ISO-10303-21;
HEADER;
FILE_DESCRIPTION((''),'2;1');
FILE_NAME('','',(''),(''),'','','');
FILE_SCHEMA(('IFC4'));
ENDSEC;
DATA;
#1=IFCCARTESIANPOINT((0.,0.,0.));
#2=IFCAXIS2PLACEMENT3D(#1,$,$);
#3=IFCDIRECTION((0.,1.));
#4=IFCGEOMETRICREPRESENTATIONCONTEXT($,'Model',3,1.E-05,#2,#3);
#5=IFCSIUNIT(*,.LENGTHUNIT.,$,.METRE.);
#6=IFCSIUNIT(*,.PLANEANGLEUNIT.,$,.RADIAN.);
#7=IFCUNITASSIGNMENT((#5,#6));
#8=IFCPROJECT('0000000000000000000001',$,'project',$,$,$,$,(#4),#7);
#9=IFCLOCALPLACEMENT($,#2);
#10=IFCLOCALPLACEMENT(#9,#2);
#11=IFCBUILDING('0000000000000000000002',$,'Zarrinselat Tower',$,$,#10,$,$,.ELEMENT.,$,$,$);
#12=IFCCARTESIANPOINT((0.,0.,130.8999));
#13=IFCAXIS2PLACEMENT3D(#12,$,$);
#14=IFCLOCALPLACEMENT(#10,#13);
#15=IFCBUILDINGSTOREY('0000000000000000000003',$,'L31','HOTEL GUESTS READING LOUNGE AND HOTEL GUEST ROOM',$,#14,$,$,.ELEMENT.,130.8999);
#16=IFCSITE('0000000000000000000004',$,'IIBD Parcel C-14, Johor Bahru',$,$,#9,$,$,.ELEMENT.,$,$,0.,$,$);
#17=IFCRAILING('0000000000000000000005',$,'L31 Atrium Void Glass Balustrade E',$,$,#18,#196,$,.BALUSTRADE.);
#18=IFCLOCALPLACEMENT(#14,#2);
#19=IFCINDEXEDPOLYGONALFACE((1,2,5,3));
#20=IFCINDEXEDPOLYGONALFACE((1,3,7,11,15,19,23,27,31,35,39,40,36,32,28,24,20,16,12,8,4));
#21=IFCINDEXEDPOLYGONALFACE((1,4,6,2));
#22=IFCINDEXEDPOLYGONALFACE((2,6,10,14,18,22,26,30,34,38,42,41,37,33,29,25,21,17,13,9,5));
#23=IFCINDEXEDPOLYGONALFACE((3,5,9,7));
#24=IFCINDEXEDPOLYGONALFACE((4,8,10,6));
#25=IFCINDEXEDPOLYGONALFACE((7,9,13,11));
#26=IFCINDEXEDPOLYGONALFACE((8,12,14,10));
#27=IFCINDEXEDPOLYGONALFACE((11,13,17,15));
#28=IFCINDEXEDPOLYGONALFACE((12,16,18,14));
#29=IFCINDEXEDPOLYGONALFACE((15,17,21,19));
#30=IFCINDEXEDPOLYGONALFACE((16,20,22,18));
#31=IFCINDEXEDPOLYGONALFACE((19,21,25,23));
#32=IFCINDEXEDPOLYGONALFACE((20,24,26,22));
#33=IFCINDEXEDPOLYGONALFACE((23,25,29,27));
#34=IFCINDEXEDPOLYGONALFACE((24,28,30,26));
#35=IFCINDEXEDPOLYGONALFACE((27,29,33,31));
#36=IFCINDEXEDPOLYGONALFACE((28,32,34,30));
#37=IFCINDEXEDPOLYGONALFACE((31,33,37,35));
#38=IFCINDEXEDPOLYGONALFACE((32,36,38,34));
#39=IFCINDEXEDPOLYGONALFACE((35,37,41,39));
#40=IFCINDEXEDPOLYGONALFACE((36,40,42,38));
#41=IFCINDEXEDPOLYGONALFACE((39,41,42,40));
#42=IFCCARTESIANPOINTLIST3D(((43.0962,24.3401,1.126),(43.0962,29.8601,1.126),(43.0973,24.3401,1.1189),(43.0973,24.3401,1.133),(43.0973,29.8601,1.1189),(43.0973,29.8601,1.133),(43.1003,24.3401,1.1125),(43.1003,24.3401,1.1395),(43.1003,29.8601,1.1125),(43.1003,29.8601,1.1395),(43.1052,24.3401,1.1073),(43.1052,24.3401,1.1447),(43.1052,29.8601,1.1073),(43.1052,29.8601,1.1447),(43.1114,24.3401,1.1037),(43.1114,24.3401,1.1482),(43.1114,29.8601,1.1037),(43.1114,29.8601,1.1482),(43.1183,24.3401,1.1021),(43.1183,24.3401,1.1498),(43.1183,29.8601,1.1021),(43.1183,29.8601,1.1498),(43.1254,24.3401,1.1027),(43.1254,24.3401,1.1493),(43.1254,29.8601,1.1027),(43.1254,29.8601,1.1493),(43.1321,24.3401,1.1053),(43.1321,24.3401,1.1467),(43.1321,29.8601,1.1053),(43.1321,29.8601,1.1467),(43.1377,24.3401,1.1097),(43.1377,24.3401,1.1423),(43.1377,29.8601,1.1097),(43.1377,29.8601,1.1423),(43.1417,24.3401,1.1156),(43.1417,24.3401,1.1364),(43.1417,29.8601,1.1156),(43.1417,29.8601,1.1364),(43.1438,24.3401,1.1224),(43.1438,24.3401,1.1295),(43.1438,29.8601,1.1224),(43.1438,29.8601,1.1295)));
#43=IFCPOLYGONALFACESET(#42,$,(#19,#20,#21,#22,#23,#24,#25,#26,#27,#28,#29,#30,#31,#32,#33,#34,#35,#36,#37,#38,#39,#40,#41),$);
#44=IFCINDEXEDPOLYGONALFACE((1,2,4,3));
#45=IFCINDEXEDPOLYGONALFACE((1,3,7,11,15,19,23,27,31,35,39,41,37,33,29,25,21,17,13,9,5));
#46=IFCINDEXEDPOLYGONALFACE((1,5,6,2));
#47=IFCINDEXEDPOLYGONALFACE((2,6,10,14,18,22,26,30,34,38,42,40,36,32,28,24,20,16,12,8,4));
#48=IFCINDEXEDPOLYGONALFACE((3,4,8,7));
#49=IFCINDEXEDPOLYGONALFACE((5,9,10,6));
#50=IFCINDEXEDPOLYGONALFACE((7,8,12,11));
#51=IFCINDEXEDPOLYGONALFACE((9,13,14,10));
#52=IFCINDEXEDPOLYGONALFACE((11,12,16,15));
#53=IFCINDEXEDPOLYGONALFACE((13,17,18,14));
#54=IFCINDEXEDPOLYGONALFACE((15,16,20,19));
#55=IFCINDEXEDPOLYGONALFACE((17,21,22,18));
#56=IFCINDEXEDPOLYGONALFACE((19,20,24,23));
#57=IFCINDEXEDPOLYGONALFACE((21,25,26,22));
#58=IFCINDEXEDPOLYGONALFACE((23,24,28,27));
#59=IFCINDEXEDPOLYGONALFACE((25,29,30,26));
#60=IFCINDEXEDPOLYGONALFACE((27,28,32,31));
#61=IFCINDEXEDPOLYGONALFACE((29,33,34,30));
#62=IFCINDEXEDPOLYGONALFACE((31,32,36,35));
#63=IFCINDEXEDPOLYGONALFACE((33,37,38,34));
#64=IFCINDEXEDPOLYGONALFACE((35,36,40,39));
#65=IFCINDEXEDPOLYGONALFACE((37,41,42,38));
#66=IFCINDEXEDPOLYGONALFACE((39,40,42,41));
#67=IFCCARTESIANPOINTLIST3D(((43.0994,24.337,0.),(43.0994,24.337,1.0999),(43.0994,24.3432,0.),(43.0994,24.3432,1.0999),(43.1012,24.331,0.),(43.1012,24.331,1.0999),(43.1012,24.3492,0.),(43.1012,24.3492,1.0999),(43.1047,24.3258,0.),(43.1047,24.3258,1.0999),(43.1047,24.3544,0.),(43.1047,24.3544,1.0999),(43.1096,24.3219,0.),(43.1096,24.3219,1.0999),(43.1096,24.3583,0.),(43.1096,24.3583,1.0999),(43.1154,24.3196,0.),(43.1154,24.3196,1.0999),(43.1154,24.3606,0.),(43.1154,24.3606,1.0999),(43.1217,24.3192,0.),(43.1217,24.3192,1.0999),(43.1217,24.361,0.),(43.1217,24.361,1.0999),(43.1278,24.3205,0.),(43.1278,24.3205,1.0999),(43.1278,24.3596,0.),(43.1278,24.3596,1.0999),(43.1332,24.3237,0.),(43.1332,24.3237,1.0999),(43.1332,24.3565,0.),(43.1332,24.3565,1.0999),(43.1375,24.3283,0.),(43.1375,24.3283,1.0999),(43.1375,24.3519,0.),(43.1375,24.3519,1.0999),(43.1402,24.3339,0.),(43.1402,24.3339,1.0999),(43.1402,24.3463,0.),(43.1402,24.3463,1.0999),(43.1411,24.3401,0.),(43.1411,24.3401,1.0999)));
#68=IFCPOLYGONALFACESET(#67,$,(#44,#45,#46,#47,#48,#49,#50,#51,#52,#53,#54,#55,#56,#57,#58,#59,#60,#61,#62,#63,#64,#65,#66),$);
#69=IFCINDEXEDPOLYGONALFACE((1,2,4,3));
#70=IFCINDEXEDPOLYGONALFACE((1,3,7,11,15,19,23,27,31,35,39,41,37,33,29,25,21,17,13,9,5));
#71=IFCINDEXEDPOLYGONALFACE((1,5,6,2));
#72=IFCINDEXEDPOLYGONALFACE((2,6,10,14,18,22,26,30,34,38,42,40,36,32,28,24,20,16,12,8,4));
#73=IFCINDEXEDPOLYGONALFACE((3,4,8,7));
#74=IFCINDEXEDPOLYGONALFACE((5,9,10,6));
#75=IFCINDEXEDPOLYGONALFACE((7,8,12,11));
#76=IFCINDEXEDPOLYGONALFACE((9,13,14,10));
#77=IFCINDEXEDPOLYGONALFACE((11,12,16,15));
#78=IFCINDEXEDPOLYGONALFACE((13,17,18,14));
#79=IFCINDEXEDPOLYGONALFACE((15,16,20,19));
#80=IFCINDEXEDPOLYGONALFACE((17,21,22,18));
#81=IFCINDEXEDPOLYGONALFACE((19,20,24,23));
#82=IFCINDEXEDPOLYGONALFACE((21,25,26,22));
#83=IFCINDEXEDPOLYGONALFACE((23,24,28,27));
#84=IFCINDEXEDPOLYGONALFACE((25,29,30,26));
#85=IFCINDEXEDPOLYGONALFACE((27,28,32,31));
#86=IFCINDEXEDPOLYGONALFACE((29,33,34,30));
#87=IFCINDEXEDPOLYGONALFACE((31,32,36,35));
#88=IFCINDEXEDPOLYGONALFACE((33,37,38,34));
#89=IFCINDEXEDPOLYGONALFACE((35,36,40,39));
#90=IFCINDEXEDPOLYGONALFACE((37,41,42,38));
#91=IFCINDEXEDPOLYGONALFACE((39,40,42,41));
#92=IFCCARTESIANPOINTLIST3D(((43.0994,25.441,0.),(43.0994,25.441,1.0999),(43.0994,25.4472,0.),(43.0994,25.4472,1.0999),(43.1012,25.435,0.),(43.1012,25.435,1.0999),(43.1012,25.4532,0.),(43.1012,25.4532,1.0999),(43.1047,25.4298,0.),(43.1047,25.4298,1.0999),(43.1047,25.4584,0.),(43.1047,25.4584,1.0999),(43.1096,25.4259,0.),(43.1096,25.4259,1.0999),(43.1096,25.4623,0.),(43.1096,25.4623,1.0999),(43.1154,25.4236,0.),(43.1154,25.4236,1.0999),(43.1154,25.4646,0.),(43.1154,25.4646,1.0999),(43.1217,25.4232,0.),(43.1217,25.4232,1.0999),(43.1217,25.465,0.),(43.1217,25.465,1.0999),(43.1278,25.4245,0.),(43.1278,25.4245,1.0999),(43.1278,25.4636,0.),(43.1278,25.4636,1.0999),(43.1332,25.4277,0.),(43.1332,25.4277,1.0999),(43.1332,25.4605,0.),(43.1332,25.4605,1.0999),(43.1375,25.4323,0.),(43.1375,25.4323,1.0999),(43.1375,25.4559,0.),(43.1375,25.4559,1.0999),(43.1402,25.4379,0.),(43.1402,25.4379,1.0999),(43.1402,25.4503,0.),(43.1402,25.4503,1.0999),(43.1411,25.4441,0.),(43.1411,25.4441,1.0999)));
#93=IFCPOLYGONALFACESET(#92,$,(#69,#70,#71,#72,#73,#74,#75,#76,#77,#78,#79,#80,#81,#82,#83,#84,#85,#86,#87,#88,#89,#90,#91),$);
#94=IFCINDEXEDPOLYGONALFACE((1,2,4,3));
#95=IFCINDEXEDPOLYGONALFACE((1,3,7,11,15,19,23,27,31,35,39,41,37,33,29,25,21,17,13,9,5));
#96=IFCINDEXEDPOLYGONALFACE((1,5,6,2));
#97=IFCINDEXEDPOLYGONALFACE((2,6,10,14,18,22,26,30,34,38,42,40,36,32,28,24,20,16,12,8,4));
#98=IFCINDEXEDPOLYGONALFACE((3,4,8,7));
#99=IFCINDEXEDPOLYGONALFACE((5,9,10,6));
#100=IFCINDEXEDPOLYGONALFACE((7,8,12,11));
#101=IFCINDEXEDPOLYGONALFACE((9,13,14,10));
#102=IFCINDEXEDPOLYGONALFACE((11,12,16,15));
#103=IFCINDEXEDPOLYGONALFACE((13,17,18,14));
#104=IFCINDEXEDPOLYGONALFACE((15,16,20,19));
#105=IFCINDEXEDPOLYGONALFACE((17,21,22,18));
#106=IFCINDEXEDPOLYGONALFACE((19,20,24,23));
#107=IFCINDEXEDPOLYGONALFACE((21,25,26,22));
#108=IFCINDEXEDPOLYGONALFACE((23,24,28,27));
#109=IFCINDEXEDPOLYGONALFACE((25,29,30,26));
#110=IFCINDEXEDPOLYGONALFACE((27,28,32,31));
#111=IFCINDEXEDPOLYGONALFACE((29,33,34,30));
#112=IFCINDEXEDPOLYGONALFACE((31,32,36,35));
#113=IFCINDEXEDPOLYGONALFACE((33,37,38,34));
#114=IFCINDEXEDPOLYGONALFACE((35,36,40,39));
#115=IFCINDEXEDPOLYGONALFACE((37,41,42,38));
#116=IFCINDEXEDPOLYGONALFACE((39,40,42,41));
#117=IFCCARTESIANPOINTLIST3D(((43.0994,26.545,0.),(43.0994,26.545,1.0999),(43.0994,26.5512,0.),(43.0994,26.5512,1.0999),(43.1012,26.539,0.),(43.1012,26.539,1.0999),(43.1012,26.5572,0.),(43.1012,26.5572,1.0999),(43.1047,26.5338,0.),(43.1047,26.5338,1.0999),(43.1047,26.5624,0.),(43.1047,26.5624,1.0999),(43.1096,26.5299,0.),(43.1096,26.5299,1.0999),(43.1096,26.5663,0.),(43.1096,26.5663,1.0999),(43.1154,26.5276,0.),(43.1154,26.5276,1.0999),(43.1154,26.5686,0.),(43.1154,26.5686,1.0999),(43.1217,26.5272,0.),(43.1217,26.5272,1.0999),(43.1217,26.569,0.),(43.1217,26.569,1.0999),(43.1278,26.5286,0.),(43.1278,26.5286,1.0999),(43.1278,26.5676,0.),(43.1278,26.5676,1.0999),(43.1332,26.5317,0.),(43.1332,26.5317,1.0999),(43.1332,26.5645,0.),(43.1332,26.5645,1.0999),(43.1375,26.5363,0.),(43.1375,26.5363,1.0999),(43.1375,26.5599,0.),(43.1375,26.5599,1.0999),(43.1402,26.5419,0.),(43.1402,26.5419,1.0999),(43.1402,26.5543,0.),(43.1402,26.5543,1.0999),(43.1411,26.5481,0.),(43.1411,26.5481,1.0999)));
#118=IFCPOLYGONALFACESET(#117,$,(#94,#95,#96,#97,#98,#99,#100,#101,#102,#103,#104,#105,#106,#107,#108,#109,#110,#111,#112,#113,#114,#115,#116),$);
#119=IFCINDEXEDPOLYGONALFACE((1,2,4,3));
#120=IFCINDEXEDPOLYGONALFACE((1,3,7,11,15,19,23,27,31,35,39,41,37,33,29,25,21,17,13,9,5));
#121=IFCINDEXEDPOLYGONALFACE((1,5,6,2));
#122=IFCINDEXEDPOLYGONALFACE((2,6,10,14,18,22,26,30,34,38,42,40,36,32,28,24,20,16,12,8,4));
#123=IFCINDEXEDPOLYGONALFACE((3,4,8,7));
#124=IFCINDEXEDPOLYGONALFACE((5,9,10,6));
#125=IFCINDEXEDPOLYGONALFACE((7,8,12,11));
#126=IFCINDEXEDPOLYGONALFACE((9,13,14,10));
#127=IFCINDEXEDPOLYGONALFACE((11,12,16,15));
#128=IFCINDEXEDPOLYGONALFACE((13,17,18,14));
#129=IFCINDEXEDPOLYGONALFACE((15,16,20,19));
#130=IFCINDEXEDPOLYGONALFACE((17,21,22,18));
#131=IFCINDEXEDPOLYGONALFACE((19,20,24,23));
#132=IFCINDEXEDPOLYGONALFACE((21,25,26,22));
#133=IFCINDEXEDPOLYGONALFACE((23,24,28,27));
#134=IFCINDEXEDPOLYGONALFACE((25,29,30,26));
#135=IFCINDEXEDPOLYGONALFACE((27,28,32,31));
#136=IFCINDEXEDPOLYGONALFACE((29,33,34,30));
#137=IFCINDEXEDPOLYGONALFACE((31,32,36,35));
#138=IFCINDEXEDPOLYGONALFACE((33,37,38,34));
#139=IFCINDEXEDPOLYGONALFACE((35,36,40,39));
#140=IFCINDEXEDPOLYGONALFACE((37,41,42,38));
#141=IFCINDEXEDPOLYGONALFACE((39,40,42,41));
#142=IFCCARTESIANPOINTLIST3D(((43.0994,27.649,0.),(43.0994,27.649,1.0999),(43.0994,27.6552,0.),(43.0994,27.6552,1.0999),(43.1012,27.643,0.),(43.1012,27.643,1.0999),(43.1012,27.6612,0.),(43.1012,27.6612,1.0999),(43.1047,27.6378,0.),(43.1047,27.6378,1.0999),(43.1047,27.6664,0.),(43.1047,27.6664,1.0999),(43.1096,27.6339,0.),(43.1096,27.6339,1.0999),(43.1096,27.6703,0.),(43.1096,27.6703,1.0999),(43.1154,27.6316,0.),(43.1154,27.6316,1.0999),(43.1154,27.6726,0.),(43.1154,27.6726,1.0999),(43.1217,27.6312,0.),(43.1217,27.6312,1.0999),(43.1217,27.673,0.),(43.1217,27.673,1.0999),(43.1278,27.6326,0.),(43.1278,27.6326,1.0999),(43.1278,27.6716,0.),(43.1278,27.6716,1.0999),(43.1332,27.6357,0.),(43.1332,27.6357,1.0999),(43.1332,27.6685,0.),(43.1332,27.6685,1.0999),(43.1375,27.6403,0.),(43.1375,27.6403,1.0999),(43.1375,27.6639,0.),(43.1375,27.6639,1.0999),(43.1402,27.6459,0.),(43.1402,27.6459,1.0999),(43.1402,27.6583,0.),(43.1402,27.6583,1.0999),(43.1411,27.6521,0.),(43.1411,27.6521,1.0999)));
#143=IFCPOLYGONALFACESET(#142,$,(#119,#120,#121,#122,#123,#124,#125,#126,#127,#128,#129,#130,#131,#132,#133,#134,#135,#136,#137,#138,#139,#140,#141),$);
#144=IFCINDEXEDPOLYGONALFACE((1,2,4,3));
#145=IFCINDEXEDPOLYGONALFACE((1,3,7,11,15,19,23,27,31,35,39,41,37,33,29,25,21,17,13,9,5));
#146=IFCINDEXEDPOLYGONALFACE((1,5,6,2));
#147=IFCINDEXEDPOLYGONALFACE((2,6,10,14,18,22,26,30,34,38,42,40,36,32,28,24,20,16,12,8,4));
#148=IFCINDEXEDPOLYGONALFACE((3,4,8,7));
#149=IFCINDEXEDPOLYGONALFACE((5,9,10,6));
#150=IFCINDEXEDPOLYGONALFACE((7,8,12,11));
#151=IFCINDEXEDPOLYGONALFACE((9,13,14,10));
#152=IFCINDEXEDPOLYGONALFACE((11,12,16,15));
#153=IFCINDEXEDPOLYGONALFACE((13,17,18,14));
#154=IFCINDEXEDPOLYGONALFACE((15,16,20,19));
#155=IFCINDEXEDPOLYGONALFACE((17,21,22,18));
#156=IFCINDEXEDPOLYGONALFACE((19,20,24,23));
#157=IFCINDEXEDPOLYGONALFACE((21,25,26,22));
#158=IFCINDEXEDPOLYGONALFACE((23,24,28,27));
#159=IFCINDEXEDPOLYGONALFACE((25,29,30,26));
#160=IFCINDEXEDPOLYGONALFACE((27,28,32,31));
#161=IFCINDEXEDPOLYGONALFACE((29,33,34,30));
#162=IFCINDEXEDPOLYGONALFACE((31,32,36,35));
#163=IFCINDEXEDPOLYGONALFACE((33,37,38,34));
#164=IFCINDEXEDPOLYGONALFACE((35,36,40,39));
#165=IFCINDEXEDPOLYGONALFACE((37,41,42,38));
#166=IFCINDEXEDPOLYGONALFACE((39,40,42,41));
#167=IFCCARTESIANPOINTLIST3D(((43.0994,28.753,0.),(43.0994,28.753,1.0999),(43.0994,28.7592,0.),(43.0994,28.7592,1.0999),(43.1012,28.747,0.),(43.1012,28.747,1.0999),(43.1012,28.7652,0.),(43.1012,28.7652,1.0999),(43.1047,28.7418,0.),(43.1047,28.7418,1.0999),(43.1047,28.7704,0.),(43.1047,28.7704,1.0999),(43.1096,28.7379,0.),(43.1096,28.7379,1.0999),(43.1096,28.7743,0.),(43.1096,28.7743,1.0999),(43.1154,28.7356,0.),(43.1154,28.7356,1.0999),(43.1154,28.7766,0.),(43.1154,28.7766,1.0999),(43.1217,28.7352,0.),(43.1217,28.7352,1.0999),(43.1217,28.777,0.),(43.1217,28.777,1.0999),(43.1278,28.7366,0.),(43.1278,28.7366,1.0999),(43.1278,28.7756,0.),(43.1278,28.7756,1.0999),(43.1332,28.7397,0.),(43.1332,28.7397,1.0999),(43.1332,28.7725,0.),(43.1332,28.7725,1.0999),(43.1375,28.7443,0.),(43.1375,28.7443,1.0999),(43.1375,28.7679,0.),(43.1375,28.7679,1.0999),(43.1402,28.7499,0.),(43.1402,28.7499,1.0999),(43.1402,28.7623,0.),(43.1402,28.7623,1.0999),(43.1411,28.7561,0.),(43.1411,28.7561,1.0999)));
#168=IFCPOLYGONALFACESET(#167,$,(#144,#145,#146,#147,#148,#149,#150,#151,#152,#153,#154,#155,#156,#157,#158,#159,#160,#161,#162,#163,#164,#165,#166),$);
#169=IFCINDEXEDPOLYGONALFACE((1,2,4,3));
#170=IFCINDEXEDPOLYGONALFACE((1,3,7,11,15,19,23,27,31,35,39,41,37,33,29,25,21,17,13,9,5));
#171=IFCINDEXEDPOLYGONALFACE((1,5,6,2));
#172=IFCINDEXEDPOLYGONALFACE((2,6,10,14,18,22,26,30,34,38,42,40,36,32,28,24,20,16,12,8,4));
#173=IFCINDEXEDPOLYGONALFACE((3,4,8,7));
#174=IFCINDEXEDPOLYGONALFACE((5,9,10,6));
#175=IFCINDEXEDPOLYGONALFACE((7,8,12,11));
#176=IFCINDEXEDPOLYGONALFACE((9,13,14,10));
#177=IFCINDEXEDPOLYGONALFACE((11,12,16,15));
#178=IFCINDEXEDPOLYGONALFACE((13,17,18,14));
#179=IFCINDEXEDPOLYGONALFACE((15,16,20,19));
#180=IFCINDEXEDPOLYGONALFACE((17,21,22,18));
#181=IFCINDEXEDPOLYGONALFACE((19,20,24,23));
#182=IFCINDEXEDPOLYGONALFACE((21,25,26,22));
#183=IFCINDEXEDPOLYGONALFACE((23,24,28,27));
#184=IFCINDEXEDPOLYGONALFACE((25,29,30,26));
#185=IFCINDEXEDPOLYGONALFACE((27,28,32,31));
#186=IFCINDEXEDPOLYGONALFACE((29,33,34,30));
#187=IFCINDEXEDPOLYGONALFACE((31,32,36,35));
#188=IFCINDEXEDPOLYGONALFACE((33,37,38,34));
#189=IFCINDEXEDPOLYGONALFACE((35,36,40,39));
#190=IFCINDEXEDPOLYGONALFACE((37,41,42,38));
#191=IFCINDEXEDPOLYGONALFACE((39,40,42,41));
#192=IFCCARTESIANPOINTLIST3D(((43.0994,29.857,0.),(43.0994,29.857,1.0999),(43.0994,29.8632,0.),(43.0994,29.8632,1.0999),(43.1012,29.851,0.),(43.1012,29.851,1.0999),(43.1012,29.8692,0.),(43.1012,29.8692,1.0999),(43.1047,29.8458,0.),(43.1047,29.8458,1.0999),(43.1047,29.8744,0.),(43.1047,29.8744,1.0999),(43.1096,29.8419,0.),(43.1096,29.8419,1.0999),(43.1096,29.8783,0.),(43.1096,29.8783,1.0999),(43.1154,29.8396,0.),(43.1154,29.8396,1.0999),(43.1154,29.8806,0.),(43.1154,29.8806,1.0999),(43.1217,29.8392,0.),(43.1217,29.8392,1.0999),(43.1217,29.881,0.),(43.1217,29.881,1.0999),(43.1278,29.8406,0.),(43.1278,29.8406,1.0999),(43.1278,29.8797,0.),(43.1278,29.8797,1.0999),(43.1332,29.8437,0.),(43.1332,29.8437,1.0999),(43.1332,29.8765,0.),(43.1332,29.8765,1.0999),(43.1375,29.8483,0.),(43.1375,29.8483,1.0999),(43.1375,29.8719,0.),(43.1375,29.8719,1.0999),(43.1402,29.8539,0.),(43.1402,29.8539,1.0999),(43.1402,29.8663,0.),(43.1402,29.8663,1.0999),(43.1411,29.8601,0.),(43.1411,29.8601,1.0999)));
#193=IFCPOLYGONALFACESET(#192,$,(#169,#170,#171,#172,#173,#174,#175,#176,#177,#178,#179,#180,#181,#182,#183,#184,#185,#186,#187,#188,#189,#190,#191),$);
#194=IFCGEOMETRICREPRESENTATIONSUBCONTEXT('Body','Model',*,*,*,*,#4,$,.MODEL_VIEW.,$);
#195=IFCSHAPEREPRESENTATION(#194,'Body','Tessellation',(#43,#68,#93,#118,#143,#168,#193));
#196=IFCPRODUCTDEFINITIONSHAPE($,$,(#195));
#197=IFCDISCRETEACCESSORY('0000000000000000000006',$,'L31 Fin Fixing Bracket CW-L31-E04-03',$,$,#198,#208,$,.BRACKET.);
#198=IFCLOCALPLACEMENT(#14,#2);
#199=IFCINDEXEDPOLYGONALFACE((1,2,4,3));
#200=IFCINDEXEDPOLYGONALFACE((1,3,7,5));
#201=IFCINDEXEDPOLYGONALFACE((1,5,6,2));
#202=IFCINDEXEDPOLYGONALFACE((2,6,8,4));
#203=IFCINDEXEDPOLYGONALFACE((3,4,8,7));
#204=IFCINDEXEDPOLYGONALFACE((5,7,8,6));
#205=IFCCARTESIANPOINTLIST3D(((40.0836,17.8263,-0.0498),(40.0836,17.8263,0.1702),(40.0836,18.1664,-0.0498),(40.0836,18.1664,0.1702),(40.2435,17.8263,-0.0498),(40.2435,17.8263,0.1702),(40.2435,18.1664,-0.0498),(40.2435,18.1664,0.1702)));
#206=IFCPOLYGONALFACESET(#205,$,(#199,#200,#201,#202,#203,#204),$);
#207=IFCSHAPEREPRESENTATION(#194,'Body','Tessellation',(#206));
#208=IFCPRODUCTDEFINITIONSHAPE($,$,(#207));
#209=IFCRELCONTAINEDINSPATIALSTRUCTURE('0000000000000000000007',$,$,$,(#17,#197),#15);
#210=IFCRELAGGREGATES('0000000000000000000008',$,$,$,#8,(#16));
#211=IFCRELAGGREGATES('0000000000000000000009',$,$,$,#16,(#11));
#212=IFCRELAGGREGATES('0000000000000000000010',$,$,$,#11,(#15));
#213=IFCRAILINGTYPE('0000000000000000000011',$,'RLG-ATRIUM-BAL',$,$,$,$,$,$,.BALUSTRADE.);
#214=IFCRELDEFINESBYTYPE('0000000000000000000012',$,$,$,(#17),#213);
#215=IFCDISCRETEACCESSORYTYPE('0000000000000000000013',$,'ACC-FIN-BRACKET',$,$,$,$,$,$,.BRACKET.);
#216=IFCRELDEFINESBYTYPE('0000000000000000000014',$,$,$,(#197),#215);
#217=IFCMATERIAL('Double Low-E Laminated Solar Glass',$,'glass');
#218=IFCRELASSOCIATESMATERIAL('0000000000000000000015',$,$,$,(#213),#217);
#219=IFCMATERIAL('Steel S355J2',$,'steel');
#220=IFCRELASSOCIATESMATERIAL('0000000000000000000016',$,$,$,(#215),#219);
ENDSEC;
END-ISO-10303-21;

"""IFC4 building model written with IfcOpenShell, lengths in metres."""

from ifc_helpers import new_model, si_unit, direction, frame, origin, origin_2d, place, context, subcontext, project, spatial, rectangle, circle, extrude, material, type_object, element, save


model = new_model("IFC4")

# Units and contexts
model_context = context("Model", 3, precision=1e-05, world=origin(), true_north=direction((0.0, 1.0)))
body_context = subcontext(model_context, "Body", "Model", "MODEL_VIEW")
ifc_project = project(units=[si_unit("LENGTHUNIT", "METRE"), si_unit("PLANEANGLEUNIT", "RADIAN")], contexts=[model_context])

# Site, building, storey
site_placement = place(None, origin())
site = spatial("IfcSite", under=ifc_project, at=site_placement, Name="IIBD Parcel C-14, Johor Bahru", CompositionType="ELEMENT", RefElevation=0.0)
building_placement = place(site_placement, origin())
building = spatial("IfcBuilding", under=site, at=building_placement, Name="Zarrinselat Tower", CompositionType="ELEMENT")
storey_placement = place(building_placement, frame((0.0, 0.0, 130.8999)))
storey = spatial("IfcBuildingStorey", under=building, at=storey_placement, Name="L31", Description="HOTEL GUESTS READING LOUNGE AND HOTEL GUEST ROOM", CompositionType="ELEMENT", Elevation=130.8999)

# Railing
ifc_material_1 = material(Name="Double Low-E Laminated Solar Glass", Category="glass")
railing_type = type_object("IfcRailingType", Name="RLG-ATRIUM-BAL", PredefinedType="BALUSTRADE", material=ifc_material_1)
railing_placement = place(storey_placement, frame((43.1201, 24.3401, 0.0)))
element("IfcRailing", 1, at=railing_placement, inside=storey, type_object=railing_type, Name="L31 Atrium Void Glass Balustrade E", PredefinedType="BALUSTRADE", context=body_context, shape_type="SweptSolid", body=[
    extrude(circle(Radius=0.0239, at=origin_2d()), frame((0.0, 0.0, 1.126), z_axis=(0.0, 1.0, 0.0), x_axis=(-1.0, 0.0, 0.0)), (0.0, 0.0, 1.0), 5.52),
    extrude(circle(Radius=0.021, at=origin_2d()), origin(), (0.0, 0.0, 1.0), 1.0999),
    extrude(circle(Radius=0.021, at=origin_2d()), frame((0.0, 1.104, 0.0)), (0.0, 0.0, 1.0), 1.0999),
    extrude(circle(Radius=0.021, at=origin_2d()), frame((0.0, 2.208, 0.0)), (0.0, 0.0, 1.0), 1.0999),
    extrude(circle(Radius=0.021, at=origin_2d()), frame((0.0, 3.312, 0.0)), (0.0, 0.0, 1.0), 1.0999),
    extrude(circle(Radius=0.021, at=origin_2d()), frame((0.0, 4.416, 0.0)), (0.0, 0.0, 1.0), 1.0999),
    extrude(circle(Radius=0.021, at=origin_2d()), frame((0.0, 5.52, 0.0)), (0.0, 0.0, 1.0), 1.0999),
])

# Discrete accessory
ifc_material_2 = material(Name="Steel S355J2", Category="steel")
discrete_accessory_type = type_object("IfcDiscreteAccessoryType", Name="ACC-FIN-BRACKET", PredefinedType="BRACKET", material=ifc_material_2)
discrete_accessory_placement = place(storey_placement, frame((40.1636, 17.9963, -0.0498), z_axis=(0.0, 0.0, 1.0), x_axis=(0.0, -1.0, 0.0)))
element("IfcDiscreteAccessory", 2, at=discrete_accessory_placement, inside=storey, type_object=discrete_accessory_type, Name="L31 Fin Fixing Bracket CW-L31-E04-03", PredefinedType="BRACKET", context=body_context, shape_type="SweptSolid", body=[
    extrude(rectangle(XDim=0.3401, YDim=0.1599, at=origin_2d()), origin(), (0.0, 0.0, 1.0), 0.22),
])

save(model, "model.ifc")
